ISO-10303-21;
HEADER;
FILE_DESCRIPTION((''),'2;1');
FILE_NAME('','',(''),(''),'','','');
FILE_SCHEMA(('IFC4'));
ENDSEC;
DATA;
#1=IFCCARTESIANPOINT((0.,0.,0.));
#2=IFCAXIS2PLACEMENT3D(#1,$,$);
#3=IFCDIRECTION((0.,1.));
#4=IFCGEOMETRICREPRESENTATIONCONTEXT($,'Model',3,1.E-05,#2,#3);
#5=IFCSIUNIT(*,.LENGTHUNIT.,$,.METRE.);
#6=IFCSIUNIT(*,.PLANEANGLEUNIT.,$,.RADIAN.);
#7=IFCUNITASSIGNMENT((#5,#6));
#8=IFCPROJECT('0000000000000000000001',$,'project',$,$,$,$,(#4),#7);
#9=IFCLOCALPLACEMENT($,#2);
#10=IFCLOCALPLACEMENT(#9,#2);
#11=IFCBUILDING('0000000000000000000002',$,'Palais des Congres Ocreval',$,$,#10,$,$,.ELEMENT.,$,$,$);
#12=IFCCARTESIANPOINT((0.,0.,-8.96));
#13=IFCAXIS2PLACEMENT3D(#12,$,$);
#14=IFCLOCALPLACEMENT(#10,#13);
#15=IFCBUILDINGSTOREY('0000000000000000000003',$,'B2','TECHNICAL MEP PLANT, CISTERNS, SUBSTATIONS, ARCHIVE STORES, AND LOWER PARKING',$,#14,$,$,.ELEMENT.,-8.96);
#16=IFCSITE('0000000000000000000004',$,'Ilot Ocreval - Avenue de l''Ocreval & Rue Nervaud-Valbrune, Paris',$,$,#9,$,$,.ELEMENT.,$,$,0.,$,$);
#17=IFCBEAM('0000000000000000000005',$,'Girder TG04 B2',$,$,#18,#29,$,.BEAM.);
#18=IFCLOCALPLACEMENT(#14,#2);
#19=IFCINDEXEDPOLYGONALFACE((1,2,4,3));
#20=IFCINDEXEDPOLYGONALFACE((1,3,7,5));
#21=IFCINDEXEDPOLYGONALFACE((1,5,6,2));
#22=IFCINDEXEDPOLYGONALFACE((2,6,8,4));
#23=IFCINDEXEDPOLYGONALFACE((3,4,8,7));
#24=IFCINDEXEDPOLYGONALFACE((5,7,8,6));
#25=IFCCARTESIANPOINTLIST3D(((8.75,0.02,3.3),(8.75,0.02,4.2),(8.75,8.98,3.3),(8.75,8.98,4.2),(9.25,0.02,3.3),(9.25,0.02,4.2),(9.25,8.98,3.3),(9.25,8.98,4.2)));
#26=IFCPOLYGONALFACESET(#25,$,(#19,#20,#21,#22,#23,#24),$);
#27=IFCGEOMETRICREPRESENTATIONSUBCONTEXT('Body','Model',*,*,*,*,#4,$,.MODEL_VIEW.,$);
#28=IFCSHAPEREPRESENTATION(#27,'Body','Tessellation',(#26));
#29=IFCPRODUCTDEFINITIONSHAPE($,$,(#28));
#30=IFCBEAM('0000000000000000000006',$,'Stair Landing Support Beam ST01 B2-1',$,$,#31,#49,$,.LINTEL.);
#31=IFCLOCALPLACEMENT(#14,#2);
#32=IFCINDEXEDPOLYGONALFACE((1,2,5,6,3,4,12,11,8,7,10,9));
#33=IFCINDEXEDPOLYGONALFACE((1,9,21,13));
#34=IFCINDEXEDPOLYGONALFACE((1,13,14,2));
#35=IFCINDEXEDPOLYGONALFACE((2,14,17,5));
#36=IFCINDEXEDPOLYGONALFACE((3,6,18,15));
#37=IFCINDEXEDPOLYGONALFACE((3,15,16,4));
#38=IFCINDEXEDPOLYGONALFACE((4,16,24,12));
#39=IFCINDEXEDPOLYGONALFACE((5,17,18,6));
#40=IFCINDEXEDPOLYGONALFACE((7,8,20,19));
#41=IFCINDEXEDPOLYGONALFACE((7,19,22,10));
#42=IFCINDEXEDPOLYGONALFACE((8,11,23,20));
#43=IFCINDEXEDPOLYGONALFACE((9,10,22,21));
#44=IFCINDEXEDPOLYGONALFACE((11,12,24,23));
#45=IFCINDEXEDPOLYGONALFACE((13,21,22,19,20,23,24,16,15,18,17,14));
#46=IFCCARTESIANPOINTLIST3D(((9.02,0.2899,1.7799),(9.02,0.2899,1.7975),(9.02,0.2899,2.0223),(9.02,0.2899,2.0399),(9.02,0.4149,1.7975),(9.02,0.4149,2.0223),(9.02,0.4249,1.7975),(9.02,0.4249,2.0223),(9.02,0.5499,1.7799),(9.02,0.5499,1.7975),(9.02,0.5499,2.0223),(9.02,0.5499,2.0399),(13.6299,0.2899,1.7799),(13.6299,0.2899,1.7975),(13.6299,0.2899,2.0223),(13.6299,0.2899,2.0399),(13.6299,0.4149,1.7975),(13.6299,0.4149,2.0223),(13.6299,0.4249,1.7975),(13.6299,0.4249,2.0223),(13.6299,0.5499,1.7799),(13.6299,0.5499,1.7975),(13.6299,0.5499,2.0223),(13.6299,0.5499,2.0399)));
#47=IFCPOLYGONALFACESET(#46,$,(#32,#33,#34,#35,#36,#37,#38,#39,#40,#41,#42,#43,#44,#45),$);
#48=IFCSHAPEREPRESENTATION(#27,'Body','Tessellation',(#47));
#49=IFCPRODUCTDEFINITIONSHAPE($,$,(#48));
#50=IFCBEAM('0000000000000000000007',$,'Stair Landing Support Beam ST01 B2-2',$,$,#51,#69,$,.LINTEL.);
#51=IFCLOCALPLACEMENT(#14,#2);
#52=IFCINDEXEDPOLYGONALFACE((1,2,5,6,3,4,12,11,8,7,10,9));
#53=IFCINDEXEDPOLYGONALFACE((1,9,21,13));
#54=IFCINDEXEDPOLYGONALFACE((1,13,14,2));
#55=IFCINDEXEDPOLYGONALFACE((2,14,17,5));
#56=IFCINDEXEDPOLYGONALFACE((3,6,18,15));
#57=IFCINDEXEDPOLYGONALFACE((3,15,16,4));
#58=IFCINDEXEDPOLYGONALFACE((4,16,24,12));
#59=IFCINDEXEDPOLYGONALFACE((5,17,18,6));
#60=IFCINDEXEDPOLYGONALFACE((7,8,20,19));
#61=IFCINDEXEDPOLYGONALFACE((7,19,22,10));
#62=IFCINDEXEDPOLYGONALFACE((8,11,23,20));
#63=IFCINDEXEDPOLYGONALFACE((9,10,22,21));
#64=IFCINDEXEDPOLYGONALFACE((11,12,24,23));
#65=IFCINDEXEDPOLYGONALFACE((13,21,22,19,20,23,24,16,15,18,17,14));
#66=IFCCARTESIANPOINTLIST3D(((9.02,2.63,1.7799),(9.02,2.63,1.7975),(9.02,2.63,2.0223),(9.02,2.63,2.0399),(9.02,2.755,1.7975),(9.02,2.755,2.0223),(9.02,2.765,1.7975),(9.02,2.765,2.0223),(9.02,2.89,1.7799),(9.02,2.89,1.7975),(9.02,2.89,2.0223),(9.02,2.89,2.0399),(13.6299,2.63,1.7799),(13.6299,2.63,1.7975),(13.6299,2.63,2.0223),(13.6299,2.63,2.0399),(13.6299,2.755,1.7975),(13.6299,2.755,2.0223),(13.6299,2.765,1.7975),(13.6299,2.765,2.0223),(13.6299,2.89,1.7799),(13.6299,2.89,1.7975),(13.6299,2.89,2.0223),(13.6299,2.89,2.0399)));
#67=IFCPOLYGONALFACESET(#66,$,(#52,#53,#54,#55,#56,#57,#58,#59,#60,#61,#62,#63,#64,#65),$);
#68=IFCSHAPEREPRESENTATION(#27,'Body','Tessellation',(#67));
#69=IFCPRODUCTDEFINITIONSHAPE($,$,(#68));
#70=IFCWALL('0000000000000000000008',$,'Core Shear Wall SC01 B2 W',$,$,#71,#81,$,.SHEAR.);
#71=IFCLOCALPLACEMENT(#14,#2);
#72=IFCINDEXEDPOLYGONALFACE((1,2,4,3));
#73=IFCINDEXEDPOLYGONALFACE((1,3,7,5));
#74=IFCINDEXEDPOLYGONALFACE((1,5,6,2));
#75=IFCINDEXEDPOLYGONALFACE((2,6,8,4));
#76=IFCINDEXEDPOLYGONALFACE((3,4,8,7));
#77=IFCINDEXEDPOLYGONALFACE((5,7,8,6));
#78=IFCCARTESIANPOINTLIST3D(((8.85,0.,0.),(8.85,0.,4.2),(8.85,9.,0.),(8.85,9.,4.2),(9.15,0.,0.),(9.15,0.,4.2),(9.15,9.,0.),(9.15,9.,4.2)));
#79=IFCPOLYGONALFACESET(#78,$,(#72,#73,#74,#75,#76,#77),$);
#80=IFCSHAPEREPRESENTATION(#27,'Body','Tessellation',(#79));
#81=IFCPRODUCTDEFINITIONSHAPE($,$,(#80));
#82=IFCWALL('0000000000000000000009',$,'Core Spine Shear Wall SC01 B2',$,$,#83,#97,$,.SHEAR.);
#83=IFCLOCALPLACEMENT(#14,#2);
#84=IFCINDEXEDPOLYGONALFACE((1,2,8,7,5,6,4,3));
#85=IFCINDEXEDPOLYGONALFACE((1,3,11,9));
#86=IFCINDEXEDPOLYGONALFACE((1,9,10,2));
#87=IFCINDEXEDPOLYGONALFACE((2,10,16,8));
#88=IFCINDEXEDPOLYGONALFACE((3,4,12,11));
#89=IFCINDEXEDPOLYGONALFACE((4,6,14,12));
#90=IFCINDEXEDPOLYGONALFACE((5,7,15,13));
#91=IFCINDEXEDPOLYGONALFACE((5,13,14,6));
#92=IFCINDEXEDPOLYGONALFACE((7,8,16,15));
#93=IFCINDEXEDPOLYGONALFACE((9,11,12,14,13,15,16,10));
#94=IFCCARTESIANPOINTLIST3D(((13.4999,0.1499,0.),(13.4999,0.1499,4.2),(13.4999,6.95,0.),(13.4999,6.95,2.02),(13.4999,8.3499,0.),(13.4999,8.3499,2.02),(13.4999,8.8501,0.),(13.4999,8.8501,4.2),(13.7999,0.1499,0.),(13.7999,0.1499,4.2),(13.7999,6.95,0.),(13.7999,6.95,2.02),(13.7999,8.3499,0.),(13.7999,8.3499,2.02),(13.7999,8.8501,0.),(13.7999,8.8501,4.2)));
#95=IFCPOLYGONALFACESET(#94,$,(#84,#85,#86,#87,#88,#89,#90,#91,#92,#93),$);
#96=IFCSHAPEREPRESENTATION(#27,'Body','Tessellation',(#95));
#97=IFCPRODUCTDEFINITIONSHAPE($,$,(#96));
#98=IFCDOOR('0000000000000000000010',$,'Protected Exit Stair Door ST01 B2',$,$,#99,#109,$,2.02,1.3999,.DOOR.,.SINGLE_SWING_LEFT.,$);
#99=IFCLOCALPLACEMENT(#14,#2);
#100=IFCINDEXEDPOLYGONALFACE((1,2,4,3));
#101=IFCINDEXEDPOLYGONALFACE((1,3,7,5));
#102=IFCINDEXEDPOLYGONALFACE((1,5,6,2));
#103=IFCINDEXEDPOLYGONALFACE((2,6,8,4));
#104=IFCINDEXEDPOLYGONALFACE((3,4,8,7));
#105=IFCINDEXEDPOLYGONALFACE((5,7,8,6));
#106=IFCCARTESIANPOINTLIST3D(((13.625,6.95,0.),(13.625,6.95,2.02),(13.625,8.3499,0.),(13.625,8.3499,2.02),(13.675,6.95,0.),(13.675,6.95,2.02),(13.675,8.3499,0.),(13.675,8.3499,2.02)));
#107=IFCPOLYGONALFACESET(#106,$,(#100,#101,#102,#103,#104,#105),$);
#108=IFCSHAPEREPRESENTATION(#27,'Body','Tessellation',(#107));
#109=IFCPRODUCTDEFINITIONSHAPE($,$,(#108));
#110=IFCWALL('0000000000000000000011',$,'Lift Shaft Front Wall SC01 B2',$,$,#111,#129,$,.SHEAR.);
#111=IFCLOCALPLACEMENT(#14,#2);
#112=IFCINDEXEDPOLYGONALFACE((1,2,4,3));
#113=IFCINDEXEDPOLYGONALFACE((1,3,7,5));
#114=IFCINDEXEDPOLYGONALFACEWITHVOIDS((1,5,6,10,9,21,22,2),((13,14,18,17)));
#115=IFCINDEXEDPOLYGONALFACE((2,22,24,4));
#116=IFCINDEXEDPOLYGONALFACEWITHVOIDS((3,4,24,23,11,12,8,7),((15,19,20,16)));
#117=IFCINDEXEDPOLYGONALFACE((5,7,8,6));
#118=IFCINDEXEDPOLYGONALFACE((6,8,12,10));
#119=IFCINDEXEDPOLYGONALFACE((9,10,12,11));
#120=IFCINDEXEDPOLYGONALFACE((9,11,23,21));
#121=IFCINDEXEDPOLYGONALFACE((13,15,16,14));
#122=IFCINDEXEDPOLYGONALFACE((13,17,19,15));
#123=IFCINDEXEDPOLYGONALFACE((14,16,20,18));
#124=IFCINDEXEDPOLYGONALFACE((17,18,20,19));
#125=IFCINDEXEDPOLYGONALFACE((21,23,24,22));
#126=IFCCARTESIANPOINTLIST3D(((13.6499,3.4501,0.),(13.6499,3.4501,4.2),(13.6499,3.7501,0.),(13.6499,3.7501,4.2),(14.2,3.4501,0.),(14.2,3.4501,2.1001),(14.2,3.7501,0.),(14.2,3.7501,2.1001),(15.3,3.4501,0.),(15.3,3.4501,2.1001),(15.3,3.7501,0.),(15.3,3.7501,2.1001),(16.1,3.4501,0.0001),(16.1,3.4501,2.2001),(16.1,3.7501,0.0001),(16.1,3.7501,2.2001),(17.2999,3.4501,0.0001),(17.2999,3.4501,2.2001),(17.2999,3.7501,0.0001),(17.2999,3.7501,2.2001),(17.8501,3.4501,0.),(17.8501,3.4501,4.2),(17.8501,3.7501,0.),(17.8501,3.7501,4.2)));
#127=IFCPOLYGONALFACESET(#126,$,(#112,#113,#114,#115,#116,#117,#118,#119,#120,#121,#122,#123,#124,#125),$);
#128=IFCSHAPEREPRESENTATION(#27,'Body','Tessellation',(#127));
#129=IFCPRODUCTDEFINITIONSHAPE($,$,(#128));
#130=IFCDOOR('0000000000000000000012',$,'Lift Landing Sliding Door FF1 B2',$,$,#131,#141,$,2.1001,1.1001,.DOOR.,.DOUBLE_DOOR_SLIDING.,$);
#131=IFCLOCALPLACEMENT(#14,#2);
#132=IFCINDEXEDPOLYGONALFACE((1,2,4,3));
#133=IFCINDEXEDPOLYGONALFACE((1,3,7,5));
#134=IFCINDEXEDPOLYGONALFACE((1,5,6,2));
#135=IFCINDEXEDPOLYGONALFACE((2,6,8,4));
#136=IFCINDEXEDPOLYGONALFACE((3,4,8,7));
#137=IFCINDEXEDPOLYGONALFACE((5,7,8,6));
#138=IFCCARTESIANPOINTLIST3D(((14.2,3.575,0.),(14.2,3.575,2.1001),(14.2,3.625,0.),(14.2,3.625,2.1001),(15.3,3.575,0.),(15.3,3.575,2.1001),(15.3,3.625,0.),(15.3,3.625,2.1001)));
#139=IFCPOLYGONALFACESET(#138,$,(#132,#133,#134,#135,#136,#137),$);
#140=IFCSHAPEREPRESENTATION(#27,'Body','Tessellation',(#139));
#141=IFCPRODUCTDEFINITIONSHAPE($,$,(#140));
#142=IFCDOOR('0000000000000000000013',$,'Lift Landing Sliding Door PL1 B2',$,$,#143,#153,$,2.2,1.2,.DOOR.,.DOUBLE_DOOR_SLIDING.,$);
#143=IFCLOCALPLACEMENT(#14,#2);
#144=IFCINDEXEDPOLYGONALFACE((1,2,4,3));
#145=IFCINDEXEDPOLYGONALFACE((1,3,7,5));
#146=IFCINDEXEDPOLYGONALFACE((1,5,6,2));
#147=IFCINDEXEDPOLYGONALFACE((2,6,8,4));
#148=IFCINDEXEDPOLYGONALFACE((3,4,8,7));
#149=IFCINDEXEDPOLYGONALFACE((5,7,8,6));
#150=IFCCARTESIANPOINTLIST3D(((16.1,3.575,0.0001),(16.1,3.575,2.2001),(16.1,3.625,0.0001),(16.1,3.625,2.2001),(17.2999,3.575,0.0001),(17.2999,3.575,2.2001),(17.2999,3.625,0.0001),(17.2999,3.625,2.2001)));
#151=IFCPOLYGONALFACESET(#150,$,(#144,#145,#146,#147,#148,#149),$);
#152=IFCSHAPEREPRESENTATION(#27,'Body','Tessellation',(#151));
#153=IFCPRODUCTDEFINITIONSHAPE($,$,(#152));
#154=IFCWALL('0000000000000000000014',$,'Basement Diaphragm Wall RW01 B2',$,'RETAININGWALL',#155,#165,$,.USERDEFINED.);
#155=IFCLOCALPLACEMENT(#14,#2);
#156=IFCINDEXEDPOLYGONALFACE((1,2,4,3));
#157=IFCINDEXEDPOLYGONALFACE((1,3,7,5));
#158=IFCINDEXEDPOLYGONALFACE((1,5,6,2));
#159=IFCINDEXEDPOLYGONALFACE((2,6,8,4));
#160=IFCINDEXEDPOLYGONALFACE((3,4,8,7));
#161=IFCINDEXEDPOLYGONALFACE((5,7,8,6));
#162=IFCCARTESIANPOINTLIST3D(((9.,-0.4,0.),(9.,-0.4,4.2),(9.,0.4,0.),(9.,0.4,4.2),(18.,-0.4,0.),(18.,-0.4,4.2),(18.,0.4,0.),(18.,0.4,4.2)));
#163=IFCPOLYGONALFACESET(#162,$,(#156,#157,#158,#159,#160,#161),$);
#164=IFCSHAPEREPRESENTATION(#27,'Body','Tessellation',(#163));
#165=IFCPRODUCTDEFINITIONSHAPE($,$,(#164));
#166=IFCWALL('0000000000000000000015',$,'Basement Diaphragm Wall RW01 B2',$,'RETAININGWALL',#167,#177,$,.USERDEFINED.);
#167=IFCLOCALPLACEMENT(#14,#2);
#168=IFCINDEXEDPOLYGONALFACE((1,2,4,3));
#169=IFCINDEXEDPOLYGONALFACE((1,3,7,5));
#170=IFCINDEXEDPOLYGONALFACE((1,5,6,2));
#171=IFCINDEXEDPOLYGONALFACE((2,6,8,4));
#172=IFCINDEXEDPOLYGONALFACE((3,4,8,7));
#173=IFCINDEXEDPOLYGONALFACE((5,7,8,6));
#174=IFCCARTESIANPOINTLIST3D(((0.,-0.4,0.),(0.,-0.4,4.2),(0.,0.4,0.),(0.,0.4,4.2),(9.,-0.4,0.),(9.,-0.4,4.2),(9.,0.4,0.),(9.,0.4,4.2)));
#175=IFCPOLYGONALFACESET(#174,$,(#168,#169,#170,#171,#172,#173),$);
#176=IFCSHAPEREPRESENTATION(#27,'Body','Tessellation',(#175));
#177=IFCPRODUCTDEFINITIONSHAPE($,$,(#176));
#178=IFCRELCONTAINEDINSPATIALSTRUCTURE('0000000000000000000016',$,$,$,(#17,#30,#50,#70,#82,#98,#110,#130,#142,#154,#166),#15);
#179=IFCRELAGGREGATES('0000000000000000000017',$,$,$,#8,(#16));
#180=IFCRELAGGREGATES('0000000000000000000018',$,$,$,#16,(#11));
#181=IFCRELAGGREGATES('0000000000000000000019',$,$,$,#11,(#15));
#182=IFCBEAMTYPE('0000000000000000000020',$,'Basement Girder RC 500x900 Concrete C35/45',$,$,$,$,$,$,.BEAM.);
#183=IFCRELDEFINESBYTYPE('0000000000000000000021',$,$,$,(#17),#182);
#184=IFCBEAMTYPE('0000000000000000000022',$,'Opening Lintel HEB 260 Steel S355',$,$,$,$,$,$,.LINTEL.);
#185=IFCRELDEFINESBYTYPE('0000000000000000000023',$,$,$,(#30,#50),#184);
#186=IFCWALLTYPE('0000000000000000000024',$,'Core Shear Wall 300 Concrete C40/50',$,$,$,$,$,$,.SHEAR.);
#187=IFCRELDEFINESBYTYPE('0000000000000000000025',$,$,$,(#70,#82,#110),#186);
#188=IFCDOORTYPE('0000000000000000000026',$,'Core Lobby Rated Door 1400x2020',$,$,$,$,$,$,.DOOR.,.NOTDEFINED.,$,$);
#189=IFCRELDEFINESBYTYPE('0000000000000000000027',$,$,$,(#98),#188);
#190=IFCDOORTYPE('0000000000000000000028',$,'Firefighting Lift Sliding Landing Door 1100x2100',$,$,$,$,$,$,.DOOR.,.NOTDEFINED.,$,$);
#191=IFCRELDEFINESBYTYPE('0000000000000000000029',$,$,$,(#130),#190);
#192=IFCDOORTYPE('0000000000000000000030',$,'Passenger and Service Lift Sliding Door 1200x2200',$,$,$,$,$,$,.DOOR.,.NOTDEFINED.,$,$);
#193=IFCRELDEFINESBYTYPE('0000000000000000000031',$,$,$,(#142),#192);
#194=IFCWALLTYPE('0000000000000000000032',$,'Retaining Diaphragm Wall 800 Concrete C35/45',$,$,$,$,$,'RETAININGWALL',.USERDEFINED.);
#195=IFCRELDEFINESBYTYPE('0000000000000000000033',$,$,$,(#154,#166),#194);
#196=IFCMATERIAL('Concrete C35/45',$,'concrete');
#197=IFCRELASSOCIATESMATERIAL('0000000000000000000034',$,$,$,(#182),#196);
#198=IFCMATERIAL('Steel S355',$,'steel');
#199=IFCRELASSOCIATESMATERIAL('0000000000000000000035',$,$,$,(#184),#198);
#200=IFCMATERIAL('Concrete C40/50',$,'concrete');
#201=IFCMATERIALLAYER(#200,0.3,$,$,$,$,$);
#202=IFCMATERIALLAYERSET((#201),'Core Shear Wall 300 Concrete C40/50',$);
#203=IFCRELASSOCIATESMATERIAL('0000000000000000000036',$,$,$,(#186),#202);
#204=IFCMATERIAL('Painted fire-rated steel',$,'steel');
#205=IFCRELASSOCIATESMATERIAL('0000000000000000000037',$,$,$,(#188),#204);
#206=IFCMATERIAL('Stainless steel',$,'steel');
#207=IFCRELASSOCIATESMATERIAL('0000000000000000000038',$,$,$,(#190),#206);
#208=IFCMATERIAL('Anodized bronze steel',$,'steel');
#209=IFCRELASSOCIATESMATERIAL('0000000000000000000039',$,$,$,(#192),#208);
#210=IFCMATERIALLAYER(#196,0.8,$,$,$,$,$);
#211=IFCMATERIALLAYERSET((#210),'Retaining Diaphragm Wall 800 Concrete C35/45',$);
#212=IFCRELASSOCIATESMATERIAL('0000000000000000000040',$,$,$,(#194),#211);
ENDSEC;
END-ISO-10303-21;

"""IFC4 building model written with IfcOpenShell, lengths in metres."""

from ifc_helpers import new_model, si_unit, direction, frame, frame_2d, origin, origin_2d, place, context, subcontext, project, spatial, rectangle, i_section, extrude, material, layer, layer_set, material_profile, profile_set, type_object, element, fill, save


model = new_model("IFC4")

# Units and contexts
model_context = context("Model", 3, precision=1e-05, world=origin(), true_north=direction((0.0, 1.0)))
body_context = subcontext(model_context, "Body", "Model", "MODEL_VIEW")
ifc_project = project(units=[si_unit("LENGTHUNIT", "METRE"), si_unit("PLANEANGLEUNIT", "RADIAN")], contexts=[model_context])

# Site, building, storey
site_placement = place(None, origin())
site = spatial("IfcSite", under=ifc_project, at=site_placement, Name="Ilot Ocreval - Avenue de l'Ocreval & Rue Nervaud-Valbrune, Paris", CompositionType="ELEMENT", RefElevation=0.0)
building_placement = place(site_placement, origin())
building = spatial("IfcBuilding", under=site, at=building_placement, Name="Palais des Congres Ocreval", CompositionType="ELEMENT")
storey_placement = place(building_placement, frame((0.0, 0.0, -8.96)))
storey = spatial("IfcBuildingStorey", under=building, at=storey_placement, Name="B2", Description="TECHNICAL MEP PLANT, CISTERNS, SUBSTATIONS, ARCHIVE STORES, AND LOWER PARKING", CompositionType="ELEMENT", Elevation=-8.96)

# Shared definitions
ifc_material_1 = material(Name="Concrete C35/45", Category="concrete")

# Shared definitions
ifc_material_2 = material(Name="Concrete C40/50", Category="concrete")

# Beams
ifc_material_profile_1 = material_profile(ifc_material_1, rectangle(XDim=0.5, YDim=0.8999, at=origin_2d()), Name="RC 500x900")
ifc_profile_set_1 = profile_set([ifc_material_profile_1], Name="Concrete C35/45")
beam_type_1 = type_object("IfcBeamType", Name="Basement Girder RC 500x900 Concrete C35/45", PredefinedType="BEAM", material=ifc_profile_set_1)
for number, where, z_axis, x_axis, name in (
    (1, (9.0, 0.02, 3.75), (0.0, 1.0, 0.0), (-1.0, 0.0, 0.0), "Girder TG04 B2"),
):
    element("IfcBeam", number, at=place(storey_placement, frame(where, z_axis=z_axis, x_axis=x_axis)), inside=storey, type_object=beam_type_1, Name=name, PredefinedType="BEAM", context=body_context, shape_type="SweptSolid", body=[
        extrude(rectangle(XDim=0.5, YDim=0.8999, at=origin_2d()), origin(), (0.0, 0.0, 1.0), 8.96),
    ])
ifc_material_3 = material(Name="Steel S355", Category="steel")
ifc_material_profile_2 = material_profile(ifc_material_3, i_section(OverallWidth=0.26, OverallDepth=0.26, WebThickness=0.01, FlangeThickness=0.0176, at=origin_2d()), Name="HEB 260")
ifc_profile_set_2 = profile_set([ifc_material_profile_2], Name="Steel S355")
beam_type_2 = type_object("IfcBeamType", Name="Opening Lintel HEB 260 Steel S355", PredefinedType="LINTEL", material=ifc_profile_set_2)
for number, where, z_axis, x_axis, name in (
    (2, (9.02, 0.4199, 1.9099), (1.0, 0.0, 0.0), (0.0, 1.0, 0.0), "Stair Landing Support Beam ST01 B2-1"),
    (3, (9.02, 2.76, 1.9099), (1.0, 0.0, 0.0), (0.0, 1.0, 0.0), "Stair Landing Support Beam ST01 B2-2"),
):
    element("IfcBeam", number, at=place(storey_placement, frame(where, z_axis=z_axis, x_axis=x_axis)), inside=storey, type_object=beam_type_2, Name=name, PredefinedType="LINTEL", context=body_context, shape_type="SweptSolid", body=[
        extrude(i_section(OverallWidth=0.26, OverallDepth=0.26, WebThickness=0.01, FlangeThickness=0.0176, at=origin_2d()), origin(), (0.0, 0.0, 1.0), 4.6099),
    ])

# Wall
ifc_layer_1 = layer(ifc_material_2, 0.3)
ifc_layer_set_1 = layer_set([ifc_layer_1], Name="Core Shear Wall 300 Concrete C40/50")
wall_type_1 = type_object("IfcWallType", Name="Core Shear Wall 300 Concrete C40/50", PredefinedType="SHEAR", material=ifc_layer_set_1)
wall_1_placement = place(storey_placement, frame((9.0, 0.0, 0.0), z_axis=(0.0, 0.0, 1.0), x_axis=(0.0, 1.0, 0.0)))
element("IfcWall", 4, at=wall_1_placement, inside=storey, type_object=wall_type_1, Name="Core Shear Wall SC01 B2 W", PredefinedType="SHEAR", context=body_context, shape_type="SweptSolid", body=[
    extrude(rectangle(XDim=9.0, YDim=0.3, at=frame_2d((4.5, 0.0))), origin(), (0.0, 0.0, 1.0), 4.2),
])

# Wall, opening, door
wall_2_placement = place(storey_placement, frame((13.6499, 0.1499, 0.0), z_axis=(0.0, 0.0, 1.0), x_axis=(0.0, 1.0, 0.0)))
wall_2 = element("IfcWall", 5, at=wall_2_placement, inside=storey, type_object=wall_type_1, Name="Core Spine Shear Wall SC01 B2", PredefinedType="SHEAR", context=body_context, shape_type="SweptSolid", body=[
    extrude(rectangle(XDim=8.7002, YDim=0.3, at=frame_2d((4.3501, 0.0))), origin(), (0.0, 0.0, 1.0), 4.2),
])
opening_1_placement = place(wall_2_placement, frame((6.8, 0.0, 0.0)))
opening_1 = element("IfcOpeningElement", 6, at=opening_1_placement, cuts=wall_2, PredefinedType="OPENING", context=body_context, shape_type="SweptSolid", body=[
    extrude(rectangle(XDim=1.3999, YDim=2.02, at=frame_2d((0.7, 1.01))), frame((0.0, 0.1599, 0.0), z_axis=(0.0, -1.0, 0.0), x_axis=(1.0, 0.0, 0.0)), (0.0, 0.0, 1.0), 0.3201),
])
ifc_material_4 = material(Name="Painted fire-rated steel", Category="steel")
door_type_1 = type_object("IfcDoorType", Name="Core Lobby Rated Door 1400x2020", OperationType="NOTDEFINED", PredefinedType="DOOR", material=ifc_material_4)
door_1_placement = place(opening_1_placement, origin())
door_1 = element("IfcDoor", 7, at=door_1_placement, inside=storey, type_object=door_type_1, Name="Protected Exit Stair Door ST01 B2", OperationType="SINGLE_SWING_LEFT", OverallHeight=2.02, OverallWidth=1.3999, PredefinedType="DOOR", context=body_context, shape_type="SweptSolid", body=[
    extrude(rectangle(XDim=1.3999, YDim=2.02, at=frame_2d((0.7, 1.01))), frame((0.0, 0.0249, 0.0), z_axis=(0.0, -1.0, 0.0), x_axis=(1.0, 0.0, 0.0)), (0.0, 0.0, 1.0), 0.05),
])
fill(opening_1, door_1)

# Wall, openings, doors
wall_3_placement = place(storey_placement, frame((13.6499, 3.6001, 0.0), z_axis=(0.0, 0.0, 1.0), x_axis=(1.0, 0.0, 0.0)))
wall_3 = element("IfcWall", 8, at=wall_3_placement, inside=storey, type_object=wall_type_1, Name="Lift Shaft Front Wall SC01 B2", PredefinedType="SHEAR", context=body_context, shape_type="SweptSolid", body=[
    extrude(rectangle(XDim=4.2002, YDim=0.3, at=frame_2d((2.1001, 0.0))), origin(), (0.0, 0.0, 1.0), 4.2),
])
opening_2_placement = place(wall_3_placement, frame((0.55, 0.0, 0.0)))
opening_2 = element("IfcOpeningElement", 9, at=opening_2_placement, cuts=wall_3, PredefinedType="OPENING", context=body_context, shape_type="SweptSolid", body=[
    extrude(rectangle(XDim=1.1001, YDim=2.1001, at=frame_2d((0.55, 1.05))), frame((0.0, 0.1599, 0.0), z_axis=(0.0, -1.0, 0.0), x_axis=(1.0, 0.0, 0.0)), (0.0, 0.0, 1.0), 0.3201),
])
opening_3_placement = place(wall_3_placement, frame((2.45, 0.0, 0.0)))
opening_3 = element("IfcOpeningElement", 10, at=opening_3_placement, cuts=wall_3, PredefinedType="OPENING", context=body_context, shape_type="SweptSolid", body=[
    extrude(rectangle(XDim=1.2, YDim=2.2, at=frame_2d((0.6001, 1.1001))), frame((0.0, 0.1599, 0.0), z_axis=(0.0, -1.0, 0.0), x_axis=(1.0, 0.0, 0.0)), (0.0, 0.0, 1.0), 0.3201),
])
ifc_material_5 = material(Name="Stainless steel", Category="steel")
door_type_2 = type_object("IfcDoorType", Name="Firefighting Lift Sliding Landing Door 1100x2100", OperationType="NOTDEFINED", PredefinedType="DOOR", material=ifc_material_5)
door_2_placement = place(opening_2_placement, origin())
door_2 = element("IfcDoor", 11, at=door_2_placement, inside=storey, type_object=door_type_2, Name="Lift Landing Sliding Door FF1 B2", OperationType="DOUBLE_DOOR_SLIDING", OverallHeight=2.1001, OverallWidth=1.1001, PredefinedType="DOOR", context=body_context, shape_type="SweptSolid", body=[
    extrude(rectangle(XDim=1.1001, YDim=2.1001, at=frame_2d((0.55, 1.05))), frame((0.0, 0.0249, 0.0), z_axis=(0.0, -1.0, 0.0), x_axis=(1.0, 0.0, 0.0)), (0.0, 0.0, 1.0), 0.05),
])
fill(opening_2, door_2)
ifc_material_6 = material(Name="Anodized bronze steel", Category="steel")
door_type_3 = type_object("IfcDoorType", Name="Passenger and Service Lift Sliding Door 1200x2200", OperationType="NOTDEFINED", PredefinedType="DOOR", material=ifc_material_6)
door_3_placement = place(opening_3_placement, origin())
door_3 = element("IfcDoor", 12, at=door_3_placement, inside=storey, type_object=door_type_3, Name="Lift Landing Sliding Door PL1 B2", OperationType="DOUBLE_DOOR_SLIDING", OverallHeight=2.2, OverallWidth=1.2, PredefinedType="DOOR", context=body_context, shape_type="SweptSolid", body=[
    extrude(rectangle(XDim=1.2, YDim=2.2, at=frame_2d((0.6001, 1.1001))), frame((0.0, 0.0249, 0.0), z_axis=(0.0, -1.0, 0.0), x_axis=(1.0, 0.0, 0.0)), (0.0, 0.0, 1.0), 0.05),
])
fill(opening_3, door_3)

# Walls
ifc_layer_2 = layer(ifc_material_1, 0.8)
ifc_layer_set_2 = layer_set([ifc_layer_2], Name="Retaining Diaphragm Wall 800 Concrete C35/45")
wall_type_2 = type_object("IfcWallType", Name="Retaining Diaphragm Wall 800 Concrete C35/45", ElementType="RETAININGWALL", PredefinedType="USERDEFINED", material=ifc_layer_set_2)
for number, where, z_axis, x_axis, name in (
    (13, (18.0, 0.0, 0.0), (0.0, 0.0, 1.0), (-1.0, 0.0, 0.0), "Basement Diaphragm Wall RW01 B2"),
    (14, (9.0, 0.0, 0.0), (0.0, 0.0, 1.0), (-1.0, 0.0, 0.0), "Basement Diaphragm Wall RW01 B2"),
):
    element("IfcWall", number, at=place(storey_placement, frame(where, z_axis=z_axis, x_axis=x_axis)), inside=storey, type_object=wall_type_2, Name=name, ObjectType="RETAININGWALL", PredefinedType="USERDEFINED", context=body_context, shape_type="SweptSolid", body=[
        extrude(rectangle(XDim=9.0, YDim=0.8, at=frame_2d((4.5, 0.0))), origin(), (0.0, 0.0, 1.0), 4.2),
    ])

save(model, "model.ifc")
